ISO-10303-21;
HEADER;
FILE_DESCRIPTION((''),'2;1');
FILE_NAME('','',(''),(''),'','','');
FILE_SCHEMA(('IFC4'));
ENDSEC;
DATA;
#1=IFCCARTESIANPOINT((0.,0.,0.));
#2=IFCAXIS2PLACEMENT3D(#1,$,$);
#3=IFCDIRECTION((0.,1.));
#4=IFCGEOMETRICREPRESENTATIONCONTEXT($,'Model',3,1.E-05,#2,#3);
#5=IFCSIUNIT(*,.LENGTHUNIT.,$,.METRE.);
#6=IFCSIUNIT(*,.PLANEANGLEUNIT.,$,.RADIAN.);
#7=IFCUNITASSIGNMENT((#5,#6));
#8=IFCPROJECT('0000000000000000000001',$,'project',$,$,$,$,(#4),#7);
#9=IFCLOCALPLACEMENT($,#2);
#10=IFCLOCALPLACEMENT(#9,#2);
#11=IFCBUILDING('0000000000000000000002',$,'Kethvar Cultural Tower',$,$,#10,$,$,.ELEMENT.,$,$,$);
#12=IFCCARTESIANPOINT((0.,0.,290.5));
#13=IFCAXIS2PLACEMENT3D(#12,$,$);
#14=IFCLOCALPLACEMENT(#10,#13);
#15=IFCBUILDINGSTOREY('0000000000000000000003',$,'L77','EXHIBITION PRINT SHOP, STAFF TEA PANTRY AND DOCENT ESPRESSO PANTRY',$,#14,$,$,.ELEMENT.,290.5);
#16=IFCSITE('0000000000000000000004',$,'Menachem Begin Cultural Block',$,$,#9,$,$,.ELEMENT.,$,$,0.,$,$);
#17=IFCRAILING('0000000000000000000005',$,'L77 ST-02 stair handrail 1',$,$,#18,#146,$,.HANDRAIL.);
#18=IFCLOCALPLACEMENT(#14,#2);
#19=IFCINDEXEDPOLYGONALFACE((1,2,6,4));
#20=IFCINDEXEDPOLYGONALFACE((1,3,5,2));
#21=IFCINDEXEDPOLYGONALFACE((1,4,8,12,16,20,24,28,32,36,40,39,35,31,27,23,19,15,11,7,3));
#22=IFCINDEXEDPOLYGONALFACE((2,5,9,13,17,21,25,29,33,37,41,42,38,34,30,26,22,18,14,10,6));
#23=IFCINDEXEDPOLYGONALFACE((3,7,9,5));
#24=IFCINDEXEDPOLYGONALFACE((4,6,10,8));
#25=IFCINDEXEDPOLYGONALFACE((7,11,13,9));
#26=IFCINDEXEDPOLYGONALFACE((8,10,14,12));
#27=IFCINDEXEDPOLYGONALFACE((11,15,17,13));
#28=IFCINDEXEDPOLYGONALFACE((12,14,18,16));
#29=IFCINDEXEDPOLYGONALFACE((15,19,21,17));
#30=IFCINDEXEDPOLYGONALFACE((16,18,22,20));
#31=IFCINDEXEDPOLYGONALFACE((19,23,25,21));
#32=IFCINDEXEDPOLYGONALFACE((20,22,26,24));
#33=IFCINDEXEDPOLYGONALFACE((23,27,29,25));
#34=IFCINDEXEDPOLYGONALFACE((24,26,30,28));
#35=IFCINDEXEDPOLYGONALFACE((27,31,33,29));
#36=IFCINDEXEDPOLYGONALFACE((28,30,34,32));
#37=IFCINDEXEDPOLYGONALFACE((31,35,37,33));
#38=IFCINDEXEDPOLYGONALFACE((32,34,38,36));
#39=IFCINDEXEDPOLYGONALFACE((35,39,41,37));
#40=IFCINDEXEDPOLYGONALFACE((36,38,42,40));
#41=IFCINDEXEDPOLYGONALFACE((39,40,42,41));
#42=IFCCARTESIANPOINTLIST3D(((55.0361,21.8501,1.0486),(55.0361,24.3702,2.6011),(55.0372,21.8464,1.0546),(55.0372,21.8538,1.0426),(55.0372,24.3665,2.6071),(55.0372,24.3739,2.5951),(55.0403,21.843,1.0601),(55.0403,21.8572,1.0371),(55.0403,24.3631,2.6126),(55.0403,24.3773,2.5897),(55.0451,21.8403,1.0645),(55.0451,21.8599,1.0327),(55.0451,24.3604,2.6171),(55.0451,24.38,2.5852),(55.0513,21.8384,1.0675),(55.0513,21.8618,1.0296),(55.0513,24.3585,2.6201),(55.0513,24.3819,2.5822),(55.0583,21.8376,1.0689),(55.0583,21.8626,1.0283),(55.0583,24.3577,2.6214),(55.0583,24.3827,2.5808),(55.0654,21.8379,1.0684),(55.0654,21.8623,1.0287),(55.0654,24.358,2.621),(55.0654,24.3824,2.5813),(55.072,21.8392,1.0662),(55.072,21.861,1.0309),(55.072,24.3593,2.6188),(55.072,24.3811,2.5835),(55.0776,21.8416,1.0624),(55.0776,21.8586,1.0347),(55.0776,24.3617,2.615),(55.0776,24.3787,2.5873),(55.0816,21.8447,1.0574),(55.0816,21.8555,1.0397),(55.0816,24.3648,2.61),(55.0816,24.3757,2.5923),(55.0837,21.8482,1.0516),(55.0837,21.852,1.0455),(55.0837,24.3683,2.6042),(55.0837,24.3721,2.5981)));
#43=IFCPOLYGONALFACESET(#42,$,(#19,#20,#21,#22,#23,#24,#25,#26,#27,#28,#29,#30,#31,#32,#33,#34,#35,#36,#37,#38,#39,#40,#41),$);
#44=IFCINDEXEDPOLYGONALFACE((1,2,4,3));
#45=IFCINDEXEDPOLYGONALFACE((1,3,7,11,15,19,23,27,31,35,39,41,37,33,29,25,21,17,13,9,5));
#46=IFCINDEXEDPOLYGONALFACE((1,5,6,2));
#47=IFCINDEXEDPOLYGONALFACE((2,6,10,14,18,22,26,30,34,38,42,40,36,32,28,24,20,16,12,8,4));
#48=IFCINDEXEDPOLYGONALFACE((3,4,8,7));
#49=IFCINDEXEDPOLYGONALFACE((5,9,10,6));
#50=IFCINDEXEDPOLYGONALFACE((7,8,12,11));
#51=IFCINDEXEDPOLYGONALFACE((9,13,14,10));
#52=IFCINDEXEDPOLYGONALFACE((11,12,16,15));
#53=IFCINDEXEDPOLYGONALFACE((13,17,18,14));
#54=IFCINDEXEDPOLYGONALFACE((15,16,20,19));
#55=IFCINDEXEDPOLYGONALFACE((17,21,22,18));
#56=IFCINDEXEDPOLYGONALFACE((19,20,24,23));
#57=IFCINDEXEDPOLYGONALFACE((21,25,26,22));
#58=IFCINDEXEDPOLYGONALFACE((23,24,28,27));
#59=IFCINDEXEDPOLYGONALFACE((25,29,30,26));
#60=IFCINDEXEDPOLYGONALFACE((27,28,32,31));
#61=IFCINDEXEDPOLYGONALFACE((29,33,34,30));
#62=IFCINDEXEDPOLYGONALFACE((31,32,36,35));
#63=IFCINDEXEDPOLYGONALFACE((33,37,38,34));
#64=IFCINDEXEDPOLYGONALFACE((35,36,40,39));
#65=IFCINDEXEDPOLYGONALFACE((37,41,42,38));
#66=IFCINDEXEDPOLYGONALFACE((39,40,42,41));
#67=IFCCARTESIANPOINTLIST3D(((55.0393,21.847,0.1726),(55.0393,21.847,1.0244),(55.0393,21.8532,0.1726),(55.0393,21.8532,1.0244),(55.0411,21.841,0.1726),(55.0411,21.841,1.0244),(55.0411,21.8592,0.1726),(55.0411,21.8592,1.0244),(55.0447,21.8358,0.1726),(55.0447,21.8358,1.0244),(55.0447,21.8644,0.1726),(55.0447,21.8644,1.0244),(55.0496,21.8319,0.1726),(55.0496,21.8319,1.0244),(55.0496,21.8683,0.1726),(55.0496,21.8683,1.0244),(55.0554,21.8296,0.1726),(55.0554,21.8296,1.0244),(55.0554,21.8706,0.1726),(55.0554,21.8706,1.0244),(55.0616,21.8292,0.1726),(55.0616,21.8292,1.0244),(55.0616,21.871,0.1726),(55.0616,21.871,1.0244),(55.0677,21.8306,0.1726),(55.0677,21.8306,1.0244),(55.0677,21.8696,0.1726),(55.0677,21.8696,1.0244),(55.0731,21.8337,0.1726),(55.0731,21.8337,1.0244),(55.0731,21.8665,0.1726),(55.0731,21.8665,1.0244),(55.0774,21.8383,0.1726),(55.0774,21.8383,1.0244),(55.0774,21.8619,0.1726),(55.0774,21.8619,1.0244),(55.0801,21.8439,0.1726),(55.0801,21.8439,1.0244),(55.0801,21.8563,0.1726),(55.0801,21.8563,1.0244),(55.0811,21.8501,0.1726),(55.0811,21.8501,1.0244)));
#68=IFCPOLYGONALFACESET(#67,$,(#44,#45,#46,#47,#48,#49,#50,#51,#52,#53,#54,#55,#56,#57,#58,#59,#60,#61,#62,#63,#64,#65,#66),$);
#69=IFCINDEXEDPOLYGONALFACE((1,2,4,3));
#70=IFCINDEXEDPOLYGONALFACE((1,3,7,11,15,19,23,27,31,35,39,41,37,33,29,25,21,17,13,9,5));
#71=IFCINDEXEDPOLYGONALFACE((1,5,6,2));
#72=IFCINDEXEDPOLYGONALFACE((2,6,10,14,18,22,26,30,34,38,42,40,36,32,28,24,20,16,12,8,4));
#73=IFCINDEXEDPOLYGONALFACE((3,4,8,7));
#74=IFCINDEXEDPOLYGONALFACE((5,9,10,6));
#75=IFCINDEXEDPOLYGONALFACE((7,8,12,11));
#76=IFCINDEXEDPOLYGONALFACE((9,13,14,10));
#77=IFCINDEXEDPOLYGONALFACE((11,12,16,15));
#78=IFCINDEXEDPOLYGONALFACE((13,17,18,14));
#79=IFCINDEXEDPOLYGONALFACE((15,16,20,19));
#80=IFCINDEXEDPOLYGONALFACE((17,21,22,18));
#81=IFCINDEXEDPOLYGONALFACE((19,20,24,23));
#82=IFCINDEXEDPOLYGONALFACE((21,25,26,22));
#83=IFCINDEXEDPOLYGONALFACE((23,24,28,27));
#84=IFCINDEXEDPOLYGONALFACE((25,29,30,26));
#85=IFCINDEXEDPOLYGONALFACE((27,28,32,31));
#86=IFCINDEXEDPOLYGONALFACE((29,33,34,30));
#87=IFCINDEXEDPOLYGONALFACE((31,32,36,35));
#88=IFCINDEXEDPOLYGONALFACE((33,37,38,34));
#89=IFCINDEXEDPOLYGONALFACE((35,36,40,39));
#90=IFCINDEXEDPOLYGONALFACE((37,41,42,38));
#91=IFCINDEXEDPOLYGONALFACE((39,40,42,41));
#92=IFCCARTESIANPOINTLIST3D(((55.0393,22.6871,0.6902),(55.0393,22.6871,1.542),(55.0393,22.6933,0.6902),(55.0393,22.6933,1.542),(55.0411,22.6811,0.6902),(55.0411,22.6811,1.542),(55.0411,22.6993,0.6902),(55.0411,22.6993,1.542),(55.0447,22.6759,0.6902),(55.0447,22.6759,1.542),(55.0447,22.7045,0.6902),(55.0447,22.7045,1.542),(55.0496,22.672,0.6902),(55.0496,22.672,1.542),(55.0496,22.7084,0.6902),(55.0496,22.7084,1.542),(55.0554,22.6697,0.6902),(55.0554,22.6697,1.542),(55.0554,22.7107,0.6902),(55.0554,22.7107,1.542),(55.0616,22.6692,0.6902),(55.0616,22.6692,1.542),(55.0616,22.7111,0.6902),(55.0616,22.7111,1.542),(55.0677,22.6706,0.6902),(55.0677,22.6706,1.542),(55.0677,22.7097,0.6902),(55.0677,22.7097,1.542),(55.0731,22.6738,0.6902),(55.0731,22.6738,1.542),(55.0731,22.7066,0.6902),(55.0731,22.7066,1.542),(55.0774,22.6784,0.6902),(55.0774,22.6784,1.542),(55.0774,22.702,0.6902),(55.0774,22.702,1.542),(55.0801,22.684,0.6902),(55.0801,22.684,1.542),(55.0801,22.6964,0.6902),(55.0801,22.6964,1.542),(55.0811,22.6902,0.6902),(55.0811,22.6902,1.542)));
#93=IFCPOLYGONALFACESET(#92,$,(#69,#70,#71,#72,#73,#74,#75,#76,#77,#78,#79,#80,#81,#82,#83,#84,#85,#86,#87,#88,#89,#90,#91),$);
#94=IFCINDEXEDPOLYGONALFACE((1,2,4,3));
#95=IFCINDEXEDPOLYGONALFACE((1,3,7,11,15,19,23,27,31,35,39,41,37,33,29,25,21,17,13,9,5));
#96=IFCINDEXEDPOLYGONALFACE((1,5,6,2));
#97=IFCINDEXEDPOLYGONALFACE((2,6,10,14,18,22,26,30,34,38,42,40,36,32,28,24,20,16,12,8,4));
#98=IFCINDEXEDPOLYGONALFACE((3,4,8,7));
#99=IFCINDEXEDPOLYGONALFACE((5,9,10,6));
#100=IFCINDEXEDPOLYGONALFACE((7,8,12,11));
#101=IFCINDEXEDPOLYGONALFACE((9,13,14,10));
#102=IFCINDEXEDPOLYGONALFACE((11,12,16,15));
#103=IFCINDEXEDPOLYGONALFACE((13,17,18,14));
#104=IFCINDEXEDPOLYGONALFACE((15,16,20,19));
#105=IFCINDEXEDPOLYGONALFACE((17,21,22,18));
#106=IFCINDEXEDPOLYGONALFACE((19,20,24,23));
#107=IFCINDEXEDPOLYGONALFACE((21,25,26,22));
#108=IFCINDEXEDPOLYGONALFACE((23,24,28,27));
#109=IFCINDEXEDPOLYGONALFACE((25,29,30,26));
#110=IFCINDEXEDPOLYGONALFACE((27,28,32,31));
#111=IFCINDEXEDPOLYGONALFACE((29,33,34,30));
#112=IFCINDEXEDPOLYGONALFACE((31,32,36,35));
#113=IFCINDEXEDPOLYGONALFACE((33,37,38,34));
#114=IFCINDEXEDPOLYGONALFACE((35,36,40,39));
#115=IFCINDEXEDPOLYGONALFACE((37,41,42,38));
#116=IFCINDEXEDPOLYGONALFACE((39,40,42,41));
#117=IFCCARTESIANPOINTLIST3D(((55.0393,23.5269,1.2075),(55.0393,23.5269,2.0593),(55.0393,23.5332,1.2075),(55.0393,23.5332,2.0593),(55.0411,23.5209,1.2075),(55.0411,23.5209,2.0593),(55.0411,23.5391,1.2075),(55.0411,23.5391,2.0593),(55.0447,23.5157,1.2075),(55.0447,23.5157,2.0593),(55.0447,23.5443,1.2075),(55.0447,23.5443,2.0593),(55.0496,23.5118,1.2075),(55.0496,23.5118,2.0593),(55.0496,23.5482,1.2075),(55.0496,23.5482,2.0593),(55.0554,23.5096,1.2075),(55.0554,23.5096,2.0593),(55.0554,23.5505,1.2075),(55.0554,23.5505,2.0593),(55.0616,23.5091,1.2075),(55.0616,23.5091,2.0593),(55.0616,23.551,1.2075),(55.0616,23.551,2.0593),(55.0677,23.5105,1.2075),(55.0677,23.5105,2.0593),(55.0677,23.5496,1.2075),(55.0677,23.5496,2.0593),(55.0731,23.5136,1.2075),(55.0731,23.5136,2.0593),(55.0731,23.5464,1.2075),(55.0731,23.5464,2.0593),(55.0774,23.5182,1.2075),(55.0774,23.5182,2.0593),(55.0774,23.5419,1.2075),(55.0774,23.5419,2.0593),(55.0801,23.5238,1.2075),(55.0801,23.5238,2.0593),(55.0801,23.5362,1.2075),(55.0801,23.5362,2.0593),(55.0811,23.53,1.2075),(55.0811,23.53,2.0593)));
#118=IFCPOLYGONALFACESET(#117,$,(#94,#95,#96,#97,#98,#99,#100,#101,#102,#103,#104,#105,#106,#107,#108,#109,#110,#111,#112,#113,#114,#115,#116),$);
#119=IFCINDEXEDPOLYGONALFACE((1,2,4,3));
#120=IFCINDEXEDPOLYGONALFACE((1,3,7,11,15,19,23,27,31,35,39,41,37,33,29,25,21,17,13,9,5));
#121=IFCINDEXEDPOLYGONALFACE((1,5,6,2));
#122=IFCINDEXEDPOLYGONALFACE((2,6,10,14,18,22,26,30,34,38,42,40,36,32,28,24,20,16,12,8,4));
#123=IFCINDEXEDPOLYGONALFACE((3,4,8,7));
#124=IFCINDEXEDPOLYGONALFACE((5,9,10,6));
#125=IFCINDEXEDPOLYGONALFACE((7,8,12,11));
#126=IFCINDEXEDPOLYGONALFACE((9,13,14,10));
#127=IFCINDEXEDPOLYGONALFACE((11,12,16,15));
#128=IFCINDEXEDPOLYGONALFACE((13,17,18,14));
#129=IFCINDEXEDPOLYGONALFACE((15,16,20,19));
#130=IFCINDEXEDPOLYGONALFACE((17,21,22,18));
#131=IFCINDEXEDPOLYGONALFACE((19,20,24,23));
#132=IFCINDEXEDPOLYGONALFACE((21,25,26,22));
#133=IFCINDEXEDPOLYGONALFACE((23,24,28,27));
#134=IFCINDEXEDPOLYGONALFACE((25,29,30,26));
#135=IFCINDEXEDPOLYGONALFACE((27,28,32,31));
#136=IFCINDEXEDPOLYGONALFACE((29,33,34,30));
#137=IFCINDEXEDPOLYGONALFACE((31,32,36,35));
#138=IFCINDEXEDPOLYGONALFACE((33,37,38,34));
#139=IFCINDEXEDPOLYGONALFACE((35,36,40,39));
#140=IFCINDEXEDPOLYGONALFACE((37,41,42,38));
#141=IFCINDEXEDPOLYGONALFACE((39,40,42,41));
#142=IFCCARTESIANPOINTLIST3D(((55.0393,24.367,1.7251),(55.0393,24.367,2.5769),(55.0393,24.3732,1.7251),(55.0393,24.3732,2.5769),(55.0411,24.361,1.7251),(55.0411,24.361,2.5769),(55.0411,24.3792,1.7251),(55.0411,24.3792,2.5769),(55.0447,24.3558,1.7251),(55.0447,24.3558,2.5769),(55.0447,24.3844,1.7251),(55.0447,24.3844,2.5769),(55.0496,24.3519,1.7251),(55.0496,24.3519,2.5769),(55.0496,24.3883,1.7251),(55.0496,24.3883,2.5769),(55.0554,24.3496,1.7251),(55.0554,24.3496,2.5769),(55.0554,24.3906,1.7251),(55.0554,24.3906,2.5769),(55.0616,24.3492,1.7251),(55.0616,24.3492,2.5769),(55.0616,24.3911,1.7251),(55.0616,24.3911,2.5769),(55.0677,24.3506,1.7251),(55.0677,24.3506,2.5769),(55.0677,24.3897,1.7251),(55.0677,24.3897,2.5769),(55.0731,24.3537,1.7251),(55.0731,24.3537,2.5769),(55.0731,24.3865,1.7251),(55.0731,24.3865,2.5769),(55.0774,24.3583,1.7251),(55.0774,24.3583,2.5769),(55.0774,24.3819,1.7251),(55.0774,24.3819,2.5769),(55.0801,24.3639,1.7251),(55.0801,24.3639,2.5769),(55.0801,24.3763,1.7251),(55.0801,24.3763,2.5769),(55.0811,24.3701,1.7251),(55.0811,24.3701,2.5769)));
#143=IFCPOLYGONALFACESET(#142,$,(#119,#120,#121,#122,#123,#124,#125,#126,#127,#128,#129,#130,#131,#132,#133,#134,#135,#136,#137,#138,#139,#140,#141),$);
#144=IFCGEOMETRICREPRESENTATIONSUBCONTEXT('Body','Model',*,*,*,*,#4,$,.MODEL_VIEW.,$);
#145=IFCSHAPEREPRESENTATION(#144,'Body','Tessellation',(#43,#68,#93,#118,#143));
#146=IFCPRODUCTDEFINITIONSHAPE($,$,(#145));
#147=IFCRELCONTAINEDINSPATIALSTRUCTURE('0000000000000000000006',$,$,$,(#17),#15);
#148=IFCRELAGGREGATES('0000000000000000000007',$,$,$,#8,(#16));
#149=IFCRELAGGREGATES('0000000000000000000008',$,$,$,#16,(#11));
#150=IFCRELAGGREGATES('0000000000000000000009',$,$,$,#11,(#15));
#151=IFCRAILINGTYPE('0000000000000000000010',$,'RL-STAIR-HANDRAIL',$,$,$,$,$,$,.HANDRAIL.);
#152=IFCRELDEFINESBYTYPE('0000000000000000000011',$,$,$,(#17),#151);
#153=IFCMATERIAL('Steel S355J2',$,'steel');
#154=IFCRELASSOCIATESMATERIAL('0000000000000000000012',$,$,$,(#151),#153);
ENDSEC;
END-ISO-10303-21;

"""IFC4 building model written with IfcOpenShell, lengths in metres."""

from ifc_helpers import new_model, si_unit, direction, frame, origin, origin_2d, place, context, subcontext, project, spatial, circle, extrude, material, type_object, element, save


model = new_model("IFC4")

# Units and contexts
model_context = context("Model", 3, precision=1e-05, world=origin(), true_north=direction((0.0, 1.0)))
body_context = subcontext(model_context, "Body", "Model", "MODEL_VIEW")
ifc_project = project(units=[si_unit("LENGTHUNIT", "METRE"), si_unit("PLANEANGLEUNIT", "RADIAN")], contexts=[model_context])

# Site, building, storey
site_placement = place(None, origin())
site = spatial("IfcSite", under=ifc_project, at=site_placement, Name="Menachem Begin Cultural Block", CompositionType="ELEMENT", RefElevation=0.0)
building_placement = place(site_placement, origin())
building = spatial("IfcBuilding", under=site, at=building_placement, Name="Kethvar Cultural Tower", CompositionType="ELEMENT")
storey_placement = place(building_placement, frame((0.0, 0.0, 290.5)))
storey = spatial("IfcBuildingStorey", under=building, at=storey_placement, Name="L77", Description="EXHIBITION PRINT SHOP, STAFF TEA PANTRY AND DOCENT ESPRESSO PANTRY", CompositionType="ELEMENT", Elevation=290.5)

# Shared definitions
ifc_material_1 = material(Name="Steel S355J2", Category="steel")

# Railing
railing_type_1 = type_object("IfcRailingType", Name="RL-STAIR-HANDRAIL", PredefinedType="HANDRAIL", material=ifc_material_1)
railing_1_placement = place(storey_placement, frame((55.0601, 21.8501, 0.1726)))
element("IfcRailing", 1, at=railing_1_placement, inside=storey, type_object=railing_type_1, Name="L77 ST-02 stair handrail 1", PredefinedType="HANDRAIL", context=body_context, shape_type="SweptSolid", body=[
    extrude(circle(Radius=0.0239, at=origin_2d()), frame((0.0, 0.0, 0.876), z_axis=(0.0, 0.8514, 0.524516), x_axis=(-1.0, 0.0, 0.0)), (0.0, 0.0, 1.0), 2.96),
    extrude(circle(Radius=0.021, at=origin_2d()), origin(), (0.0, 0.0, 1.0), 0.8518),
    extrude(circle(Radius=0.021, at=origin_2d()), frame((0.0, 0.8401, 0.5176)), (0.0, 0.0, 1.0), 0.8518),
    extrude(circle(Radius=0.021, at=origin_2d()), frame((0.0, 1.6799, 1.0349)), (0.0, 0.0, 1.0), 0.8518),
    extrude(circle(Radius=0.021, at=origin_2d()), frame((0.0, 2.52, 1.5525)), (0.0, 0.0, 1.0), 0.8518),
])

save(model, "model.ifc")
